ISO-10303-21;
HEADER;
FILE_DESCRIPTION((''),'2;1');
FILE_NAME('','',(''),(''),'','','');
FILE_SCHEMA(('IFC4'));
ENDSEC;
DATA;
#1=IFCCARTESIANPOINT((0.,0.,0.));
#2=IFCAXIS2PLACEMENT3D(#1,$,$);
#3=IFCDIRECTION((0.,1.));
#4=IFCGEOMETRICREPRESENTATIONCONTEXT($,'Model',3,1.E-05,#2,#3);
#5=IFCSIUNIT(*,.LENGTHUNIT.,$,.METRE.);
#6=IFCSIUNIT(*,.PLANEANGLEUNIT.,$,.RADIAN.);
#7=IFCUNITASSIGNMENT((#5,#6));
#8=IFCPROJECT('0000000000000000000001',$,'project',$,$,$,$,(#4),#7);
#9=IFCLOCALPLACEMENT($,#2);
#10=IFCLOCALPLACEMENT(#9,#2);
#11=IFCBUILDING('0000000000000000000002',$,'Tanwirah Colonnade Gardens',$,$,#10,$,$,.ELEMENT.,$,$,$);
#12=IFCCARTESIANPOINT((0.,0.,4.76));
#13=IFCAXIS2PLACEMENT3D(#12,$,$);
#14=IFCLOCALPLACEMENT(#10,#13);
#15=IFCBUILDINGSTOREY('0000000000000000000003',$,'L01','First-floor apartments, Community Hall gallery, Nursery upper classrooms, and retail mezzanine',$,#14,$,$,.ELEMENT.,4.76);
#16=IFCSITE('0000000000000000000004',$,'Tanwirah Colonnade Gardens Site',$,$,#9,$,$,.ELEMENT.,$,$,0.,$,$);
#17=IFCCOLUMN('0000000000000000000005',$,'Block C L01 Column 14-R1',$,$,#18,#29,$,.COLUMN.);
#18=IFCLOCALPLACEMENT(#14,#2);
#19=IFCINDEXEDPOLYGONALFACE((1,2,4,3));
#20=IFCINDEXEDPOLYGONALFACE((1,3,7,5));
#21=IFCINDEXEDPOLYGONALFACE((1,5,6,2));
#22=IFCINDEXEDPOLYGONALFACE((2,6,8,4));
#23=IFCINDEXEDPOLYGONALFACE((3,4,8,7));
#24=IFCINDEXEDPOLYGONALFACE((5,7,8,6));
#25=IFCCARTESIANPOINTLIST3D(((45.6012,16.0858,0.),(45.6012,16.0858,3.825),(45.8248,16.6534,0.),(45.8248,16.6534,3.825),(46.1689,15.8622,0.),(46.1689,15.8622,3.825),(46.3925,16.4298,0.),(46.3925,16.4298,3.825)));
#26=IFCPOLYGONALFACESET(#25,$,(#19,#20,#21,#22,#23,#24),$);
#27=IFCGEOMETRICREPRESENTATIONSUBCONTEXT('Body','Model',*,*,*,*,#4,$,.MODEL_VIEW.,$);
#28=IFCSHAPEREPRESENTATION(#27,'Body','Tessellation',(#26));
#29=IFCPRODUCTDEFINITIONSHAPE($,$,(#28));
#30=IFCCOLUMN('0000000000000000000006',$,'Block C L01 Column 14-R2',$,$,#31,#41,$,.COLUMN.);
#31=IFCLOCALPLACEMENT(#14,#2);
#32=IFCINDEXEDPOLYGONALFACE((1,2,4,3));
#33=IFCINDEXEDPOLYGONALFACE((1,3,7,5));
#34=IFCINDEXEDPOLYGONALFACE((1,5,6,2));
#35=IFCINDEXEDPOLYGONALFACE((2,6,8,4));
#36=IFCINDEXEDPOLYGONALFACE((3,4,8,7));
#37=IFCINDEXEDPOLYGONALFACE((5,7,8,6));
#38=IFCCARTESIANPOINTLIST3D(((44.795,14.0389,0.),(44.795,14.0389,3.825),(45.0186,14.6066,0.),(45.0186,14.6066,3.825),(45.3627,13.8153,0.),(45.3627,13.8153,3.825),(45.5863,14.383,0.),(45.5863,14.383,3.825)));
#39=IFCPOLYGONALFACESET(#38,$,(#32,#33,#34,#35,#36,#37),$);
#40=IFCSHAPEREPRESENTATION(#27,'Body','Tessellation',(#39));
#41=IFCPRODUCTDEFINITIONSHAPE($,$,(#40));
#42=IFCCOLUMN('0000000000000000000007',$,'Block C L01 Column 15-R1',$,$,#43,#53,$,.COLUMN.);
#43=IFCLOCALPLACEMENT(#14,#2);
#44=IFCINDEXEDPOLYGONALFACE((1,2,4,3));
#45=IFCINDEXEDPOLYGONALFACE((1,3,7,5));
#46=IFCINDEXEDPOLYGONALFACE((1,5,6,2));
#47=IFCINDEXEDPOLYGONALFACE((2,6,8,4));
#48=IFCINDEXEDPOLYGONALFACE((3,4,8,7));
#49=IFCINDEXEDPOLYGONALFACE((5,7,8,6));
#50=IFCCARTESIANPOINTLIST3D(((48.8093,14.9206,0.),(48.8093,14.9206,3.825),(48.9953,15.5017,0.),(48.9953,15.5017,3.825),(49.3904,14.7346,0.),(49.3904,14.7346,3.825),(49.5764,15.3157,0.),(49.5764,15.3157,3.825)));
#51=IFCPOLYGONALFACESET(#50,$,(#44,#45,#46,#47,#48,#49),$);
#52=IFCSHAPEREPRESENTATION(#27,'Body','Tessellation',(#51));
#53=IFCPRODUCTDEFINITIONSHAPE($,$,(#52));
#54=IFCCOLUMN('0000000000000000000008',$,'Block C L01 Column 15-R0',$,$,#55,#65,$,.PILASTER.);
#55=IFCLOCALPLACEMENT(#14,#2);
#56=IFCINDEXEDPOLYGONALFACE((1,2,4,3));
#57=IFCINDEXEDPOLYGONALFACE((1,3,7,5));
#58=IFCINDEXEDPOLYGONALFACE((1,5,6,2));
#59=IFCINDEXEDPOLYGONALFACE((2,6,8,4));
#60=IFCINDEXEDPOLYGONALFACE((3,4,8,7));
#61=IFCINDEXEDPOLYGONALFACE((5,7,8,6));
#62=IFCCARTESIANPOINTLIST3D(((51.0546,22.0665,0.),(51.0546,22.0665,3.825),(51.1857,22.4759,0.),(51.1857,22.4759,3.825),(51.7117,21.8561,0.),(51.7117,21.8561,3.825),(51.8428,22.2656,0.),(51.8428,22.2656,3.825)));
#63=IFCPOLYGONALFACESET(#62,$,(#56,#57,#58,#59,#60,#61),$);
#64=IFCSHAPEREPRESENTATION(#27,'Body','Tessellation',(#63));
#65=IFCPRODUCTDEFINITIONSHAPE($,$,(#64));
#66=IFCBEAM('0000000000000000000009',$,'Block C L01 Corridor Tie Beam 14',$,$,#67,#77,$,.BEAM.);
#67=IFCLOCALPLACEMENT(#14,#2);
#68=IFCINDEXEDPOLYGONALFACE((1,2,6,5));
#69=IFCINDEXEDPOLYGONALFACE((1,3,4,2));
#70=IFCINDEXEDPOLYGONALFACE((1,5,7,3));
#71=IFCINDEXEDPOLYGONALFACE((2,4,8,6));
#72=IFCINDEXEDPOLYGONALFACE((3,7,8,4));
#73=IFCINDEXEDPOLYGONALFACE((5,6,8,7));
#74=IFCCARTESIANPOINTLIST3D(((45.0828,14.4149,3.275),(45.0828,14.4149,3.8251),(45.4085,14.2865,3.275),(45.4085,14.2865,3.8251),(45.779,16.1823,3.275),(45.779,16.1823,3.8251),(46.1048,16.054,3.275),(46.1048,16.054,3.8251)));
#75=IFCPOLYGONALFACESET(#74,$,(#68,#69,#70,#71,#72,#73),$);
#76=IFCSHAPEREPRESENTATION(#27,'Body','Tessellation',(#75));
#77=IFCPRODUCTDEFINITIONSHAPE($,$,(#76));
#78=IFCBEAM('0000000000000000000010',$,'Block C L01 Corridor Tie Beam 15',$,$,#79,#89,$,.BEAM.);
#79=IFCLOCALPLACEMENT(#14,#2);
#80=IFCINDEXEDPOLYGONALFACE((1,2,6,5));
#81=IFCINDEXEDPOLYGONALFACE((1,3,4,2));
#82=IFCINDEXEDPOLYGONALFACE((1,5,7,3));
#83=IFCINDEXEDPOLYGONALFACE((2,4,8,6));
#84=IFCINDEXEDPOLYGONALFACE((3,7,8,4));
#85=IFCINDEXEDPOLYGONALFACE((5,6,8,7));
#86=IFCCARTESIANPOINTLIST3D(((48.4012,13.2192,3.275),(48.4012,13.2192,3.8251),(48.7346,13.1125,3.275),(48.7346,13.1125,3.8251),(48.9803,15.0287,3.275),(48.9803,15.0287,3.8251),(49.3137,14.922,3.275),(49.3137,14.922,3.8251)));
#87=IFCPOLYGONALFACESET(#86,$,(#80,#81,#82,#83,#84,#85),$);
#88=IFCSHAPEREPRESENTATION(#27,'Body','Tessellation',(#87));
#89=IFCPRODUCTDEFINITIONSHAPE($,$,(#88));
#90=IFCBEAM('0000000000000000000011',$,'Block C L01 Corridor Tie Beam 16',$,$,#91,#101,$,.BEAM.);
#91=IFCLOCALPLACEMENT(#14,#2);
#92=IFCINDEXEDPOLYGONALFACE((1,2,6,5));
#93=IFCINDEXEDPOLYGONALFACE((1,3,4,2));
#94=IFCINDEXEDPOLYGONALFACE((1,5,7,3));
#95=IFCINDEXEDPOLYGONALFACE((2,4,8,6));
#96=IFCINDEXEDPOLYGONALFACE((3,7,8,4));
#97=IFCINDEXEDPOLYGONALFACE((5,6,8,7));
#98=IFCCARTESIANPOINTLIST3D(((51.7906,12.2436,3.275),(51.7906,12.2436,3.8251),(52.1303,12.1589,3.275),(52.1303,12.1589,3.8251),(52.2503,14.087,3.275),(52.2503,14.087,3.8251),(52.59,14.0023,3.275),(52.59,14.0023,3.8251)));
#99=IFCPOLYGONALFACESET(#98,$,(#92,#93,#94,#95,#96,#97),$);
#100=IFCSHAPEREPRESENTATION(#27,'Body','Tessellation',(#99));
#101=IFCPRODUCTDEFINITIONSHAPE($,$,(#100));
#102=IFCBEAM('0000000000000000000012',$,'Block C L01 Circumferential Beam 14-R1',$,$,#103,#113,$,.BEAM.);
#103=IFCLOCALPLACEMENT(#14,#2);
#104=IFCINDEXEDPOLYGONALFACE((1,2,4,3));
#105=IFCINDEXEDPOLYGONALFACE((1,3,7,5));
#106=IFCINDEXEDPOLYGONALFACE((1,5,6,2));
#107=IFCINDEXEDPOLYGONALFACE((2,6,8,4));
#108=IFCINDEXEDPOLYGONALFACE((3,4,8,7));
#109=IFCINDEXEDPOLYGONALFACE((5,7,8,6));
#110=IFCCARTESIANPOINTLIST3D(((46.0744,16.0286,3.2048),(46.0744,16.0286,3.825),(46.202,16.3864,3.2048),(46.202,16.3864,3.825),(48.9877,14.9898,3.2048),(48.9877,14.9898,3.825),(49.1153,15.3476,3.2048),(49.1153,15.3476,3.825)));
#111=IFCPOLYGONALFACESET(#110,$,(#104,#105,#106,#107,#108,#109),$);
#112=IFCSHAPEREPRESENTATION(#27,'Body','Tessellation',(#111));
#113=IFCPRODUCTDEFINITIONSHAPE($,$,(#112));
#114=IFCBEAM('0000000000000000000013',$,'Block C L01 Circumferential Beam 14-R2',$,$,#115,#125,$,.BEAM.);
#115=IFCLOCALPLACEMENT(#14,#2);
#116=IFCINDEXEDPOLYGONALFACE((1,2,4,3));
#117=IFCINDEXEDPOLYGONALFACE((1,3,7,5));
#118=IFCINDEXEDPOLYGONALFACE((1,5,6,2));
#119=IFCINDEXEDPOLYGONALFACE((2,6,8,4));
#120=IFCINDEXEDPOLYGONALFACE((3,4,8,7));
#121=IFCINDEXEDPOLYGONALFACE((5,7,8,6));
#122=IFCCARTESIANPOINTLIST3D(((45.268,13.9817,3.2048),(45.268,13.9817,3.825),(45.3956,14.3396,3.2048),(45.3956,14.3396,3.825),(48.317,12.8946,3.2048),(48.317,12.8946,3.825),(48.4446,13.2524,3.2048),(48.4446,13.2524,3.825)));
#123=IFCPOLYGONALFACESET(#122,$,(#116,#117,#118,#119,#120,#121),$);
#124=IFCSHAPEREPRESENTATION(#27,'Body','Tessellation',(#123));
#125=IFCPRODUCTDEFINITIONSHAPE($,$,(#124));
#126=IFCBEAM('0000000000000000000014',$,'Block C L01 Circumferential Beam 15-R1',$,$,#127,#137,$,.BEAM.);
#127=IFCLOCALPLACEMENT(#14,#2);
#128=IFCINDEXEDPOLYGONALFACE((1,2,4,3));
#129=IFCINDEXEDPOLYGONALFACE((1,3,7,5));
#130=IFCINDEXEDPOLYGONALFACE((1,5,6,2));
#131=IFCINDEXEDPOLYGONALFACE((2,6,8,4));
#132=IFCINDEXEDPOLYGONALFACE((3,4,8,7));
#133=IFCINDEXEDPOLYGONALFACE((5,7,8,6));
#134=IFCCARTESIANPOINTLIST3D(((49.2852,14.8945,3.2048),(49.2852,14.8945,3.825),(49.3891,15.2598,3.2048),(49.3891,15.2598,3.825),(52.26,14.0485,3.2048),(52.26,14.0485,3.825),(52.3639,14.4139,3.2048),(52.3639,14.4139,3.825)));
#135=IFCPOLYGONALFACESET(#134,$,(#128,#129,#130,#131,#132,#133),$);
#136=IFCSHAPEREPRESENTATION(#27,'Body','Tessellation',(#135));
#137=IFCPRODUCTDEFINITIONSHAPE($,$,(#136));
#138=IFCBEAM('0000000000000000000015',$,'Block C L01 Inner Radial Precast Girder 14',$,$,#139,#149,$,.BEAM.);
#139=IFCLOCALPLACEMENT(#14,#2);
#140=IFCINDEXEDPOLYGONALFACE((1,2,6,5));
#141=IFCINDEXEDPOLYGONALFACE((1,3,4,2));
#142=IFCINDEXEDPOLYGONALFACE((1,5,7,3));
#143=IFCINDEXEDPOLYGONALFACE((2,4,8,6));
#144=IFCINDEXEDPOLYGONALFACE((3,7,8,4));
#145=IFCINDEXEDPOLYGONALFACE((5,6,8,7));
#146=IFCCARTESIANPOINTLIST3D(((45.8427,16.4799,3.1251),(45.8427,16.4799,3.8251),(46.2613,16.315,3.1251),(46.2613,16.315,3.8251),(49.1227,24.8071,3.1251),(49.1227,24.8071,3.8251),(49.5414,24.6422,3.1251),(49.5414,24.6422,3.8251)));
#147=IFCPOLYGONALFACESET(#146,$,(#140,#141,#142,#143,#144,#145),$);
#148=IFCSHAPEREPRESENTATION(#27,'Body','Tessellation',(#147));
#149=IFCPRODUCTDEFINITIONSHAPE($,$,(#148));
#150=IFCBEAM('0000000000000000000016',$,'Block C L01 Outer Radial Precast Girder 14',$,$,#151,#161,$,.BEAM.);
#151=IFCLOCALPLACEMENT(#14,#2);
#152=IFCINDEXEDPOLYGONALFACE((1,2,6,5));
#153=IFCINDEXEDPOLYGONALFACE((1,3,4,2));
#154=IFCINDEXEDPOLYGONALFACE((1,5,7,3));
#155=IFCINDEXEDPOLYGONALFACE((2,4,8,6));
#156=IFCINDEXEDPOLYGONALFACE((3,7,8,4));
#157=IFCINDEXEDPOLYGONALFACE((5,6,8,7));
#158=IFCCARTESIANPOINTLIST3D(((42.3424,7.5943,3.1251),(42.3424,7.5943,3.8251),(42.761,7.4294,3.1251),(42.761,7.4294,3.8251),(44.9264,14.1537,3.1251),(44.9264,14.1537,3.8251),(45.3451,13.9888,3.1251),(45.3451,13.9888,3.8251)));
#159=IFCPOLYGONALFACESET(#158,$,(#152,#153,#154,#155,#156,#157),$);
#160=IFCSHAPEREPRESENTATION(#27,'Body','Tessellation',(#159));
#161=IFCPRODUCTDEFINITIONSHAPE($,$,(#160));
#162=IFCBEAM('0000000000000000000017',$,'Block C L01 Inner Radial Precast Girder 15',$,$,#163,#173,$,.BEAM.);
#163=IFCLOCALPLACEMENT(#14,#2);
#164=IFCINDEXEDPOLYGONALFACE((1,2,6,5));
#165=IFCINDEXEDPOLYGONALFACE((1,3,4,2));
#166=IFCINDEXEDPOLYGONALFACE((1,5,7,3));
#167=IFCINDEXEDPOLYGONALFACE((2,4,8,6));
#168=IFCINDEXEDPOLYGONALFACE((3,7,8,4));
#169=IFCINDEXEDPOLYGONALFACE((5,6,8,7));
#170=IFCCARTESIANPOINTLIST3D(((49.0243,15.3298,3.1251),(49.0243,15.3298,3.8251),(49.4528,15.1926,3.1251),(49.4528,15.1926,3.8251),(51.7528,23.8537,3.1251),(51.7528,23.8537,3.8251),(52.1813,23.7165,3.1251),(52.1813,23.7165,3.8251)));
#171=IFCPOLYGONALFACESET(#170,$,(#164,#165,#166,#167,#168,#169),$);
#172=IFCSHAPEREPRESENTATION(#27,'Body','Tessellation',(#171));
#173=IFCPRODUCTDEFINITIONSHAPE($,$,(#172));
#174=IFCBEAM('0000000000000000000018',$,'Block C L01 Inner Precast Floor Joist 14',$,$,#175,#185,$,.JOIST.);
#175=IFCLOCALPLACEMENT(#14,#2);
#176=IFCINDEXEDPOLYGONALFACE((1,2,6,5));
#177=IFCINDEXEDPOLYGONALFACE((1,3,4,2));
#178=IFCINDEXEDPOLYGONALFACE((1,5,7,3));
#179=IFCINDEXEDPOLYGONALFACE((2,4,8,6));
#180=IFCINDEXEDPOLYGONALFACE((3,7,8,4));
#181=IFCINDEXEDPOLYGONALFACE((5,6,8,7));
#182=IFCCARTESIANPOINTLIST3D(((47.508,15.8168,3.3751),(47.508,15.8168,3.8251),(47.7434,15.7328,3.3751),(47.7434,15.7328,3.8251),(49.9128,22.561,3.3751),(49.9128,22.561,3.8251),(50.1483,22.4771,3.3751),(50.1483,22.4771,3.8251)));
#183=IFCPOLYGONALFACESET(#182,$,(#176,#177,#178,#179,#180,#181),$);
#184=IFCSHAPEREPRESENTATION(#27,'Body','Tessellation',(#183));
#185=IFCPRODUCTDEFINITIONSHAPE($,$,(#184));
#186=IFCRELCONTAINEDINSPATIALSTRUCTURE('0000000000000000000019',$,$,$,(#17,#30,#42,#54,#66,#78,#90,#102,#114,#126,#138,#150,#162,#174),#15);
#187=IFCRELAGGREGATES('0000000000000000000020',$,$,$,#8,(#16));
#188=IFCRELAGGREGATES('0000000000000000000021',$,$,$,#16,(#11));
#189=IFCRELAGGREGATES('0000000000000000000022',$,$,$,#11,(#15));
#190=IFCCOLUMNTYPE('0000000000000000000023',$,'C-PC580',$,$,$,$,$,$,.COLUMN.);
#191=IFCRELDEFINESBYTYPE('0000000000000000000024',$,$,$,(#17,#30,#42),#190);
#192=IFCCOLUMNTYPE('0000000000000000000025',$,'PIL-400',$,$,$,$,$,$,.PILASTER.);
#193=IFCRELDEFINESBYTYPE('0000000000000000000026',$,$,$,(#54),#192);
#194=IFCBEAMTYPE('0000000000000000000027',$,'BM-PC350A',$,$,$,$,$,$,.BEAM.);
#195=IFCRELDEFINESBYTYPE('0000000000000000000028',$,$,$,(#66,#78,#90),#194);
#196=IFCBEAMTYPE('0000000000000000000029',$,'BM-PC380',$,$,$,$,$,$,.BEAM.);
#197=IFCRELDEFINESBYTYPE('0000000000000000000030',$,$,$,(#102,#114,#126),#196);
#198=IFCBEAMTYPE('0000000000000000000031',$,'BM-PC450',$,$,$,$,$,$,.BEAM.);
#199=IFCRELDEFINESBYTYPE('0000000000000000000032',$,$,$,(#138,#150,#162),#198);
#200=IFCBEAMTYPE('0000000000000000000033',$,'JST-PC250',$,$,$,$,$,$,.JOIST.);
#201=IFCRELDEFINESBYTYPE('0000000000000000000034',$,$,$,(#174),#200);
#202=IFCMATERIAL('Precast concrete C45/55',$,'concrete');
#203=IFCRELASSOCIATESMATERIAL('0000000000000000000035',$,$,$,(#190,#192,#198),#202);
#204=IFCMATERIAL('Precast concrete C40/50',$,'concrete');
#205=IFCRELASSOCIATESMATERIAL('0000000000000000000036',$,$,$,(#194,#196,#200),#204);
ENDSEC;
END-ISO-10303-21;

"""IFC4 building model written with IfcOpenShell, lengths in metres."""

from ifc_helpers import new_model, si_unit, direction, frame, origin, origin_2d, place, context, subcontext, project, spatial, rectangle, extrude, material, material_profile, profile_set, type_object, element, save


model = new_model("IFC4")

# Units and contexts
model_context = context("Model", 3, precision=1e-05, world=origin(), true_north=direction((0.0, 1.0)))
body_context = subcontext(model_context, "Body", "Model", "MODEL_VIEW")
ifc_project = project(units=[si_unit("LENGTHUNIT", "METRE"), si_unit("PLANEANGLEUNIT", "RADIAN")], contexts=[model_context])

# Site, building, storey
site_placement = place(None, origin())
site = spatial("IfcSite", under=ifc_project, at=site_placement, Name="Tanwirah Colonnade Gardens Site", CompositionType="ELEMENT", RefElevation=0.0)
building_placement = place(site_placement, origin())
building = spatial("IfcBuilding", under=site, at=building_placement, Name="Tanwirah Colonnade Gardens", CompositionType="ELEMENT")
storey_placement = place(building_placement, frame((0.0, 0.0, 4.76)))
storey = spatial("IfcBuildingStorey", under=building, at=storey_placement, Name="L01", Description="First-floor apartments, Community Hall gallery, Nursery upper classrooms, and retail mezzanine", CompositionType="ELEMENT", Elevation=4.76)

# Columns
ifc_material_1 = material(Name="Precast concrete C45/55", Category="concrete")
ifc_material_profile_1 = material_profile(ifc_material_1, rectangle(XDim=0.6101, YDim=0.6101, at=origin_2d()), Name="PC-COL 610x610")
ifc_profile_set_1 = profile_set([ifc_material_profile_1], Name="Precast concrete C45/55")
column_type_1 = type_object("IfcColumnType", Name="C-PC580", PredefinedType="COLUMN", material=ifc_profile_set_1)
for number, where, z_axis, x_axis, name in (
    (1, (45.9968, 16.2578, 0.0), (0.0, 0.0, 1.0), (-0.366501, -0.930418, 0.0), "Block C L01 Column 14-R1"),
    (2, (45.1907, 14.2109, 0.0), (0.0, 0.0, 1.0), (-0.366501, -0.930418, 0.0), "Block C L01 Column 14-R2"),
    (3, (49.1929, 15.1182, 0.0), (0.0, 0.0, 1.0), (-0.304864, -0.952396, 0.0), "Block C L01 Column 15-R1"),
):
    element("IfcColumn", number, at=place(storey_placement, frame(where, z_axis=z_axis, x_axis=x_axis)), inside=storey, type_object=column_type_1, Name=name, PredefinedType="COLUMN", context=body_context, shape_type="SweptSolid", body=[
        extrude(rectangle(XDim=0.6101, YDim=0.6101, at=origin_2d()), origin(), (0.0, 0.0, 1.0), 3.825),
    ])
ifc_material_profile_2 = material_profile(ifc_material_1, rectangle(XDim=0.4299, YDim=0.6899, at=origin_2d()), Name="PC-PIL 430x690")
ifc_profile_set_2 = profile_set([ifc_material_profile_2], Name="Precast concrete C45/55")
column_type_2 = type_object("IfcColumnType", Name="PIL-400", PredefinedType="PILASTER", material=ifc_profile_set_2)
column_placement = place(storey_placement, frame((51.4487, 22.166, 0.0), z_axis=(0.0, 0.0, 1.0), x_axis=(-0.304864, -0.952396, 0.0)))
element("IfcColumn", 4, at=column_placement, inside=storey, type_object=column_type_2, Name="Block C L01 Column 15-R0", PredefinedType="PILASTER", context=body_context, shape_type="SweptSolid", body=[
    extrude(rectangle(XDim=0.4299, YDim=0.6899, at=origin_2d()), origin(), (0.0, 0.0, 1.0), 3.825),
])

# Beams
ifc_material_2 = material(Name="Precast concrete C40/50", Category="concrete")
ifc_material_profile_3 = material_profile(ifc_material_2, rectangle(XDim=0.3501, YDim=0.55, at=origin_2d()), Name="PC-BM 350x550")
ifc_profile_set_3 = profile_set([ifc_material_profile_3], Name="Precast concrete C40/50")
beam_type_1 = type_object("IfcBeamType", Name="BM-PC350A", PredefinedType="BEAM", material=ifc_profile_set_3)
beam_1_placement = place(storey_placement, frame((45.9419, 16.1182, 3.55), z_axis=(-0.366511, -0.930414, 0.0), x_axis=(0.930414, -0.366511, 0.0)))
element("IfcBeam", 5, at=beam_1_placement, inside=storey, type_object=beam_type_1, Name="Block C L01 Corridor Tie Beam 14", PredefinedType="BEAM", context=body_context, shape_type="SweptSolid", body=[
    extrude(rectangle(XDim=0.3501, YDim=0.55, at=origin_2d()), origin(), (0.0, 0.0, 1.0), 1.8997),
])
for number, where, z_axis, x_axis, name in (
    (6, (49.147, 14.9753, 3.55), (-0.304794, -0.952418, 0.0), (0.952418, -0.304794, 0.0), "Block C L01 Corridor Tie Beam 15"),
    (7, (52.4202, 14.0447, 3.55), (-0.241961, -0.970286, 0.0), (0.970286, -0.241961, 0.0), "Block C L01 Corridor Tie Beam 16"),
):
    element("IfcBeam", number, at=place(storey_placement, frame(where, z_axis=z_axis, x_axis=x_axis)), inside=storey, type_object=beam_type_1, Name=name, PredefinedType="BEAM", context=body_context, shape_type="SweptSolid", body=[
        extrude(rectangle(XDim=0.3501, YDim=0.55, at=origin_2d()), origin(), (0.0, 0.0, 1.0), 1.8999),
    ])
ifc_material_profile_4 = material_profile(ifc_material_2, rectangle(XDim=0.3799, YDim=0.6201, at=origin_2d()), Name="PC-BM 380x620")
ifc_profile_set_4 = profile_set([ifc_material_profile_4], Name="Precast concrete C40/50")
beam_type_2 = type_object("IfcBeamType", Name="BM-PC380", PredefinedType="BEAM", material=ifc_profile_set_4)
beam_2_placement = place(storey_placement, frame((46.1382, 16.2075, 3.5149), z_axis=(0.941911, -0.335861, 0.0), x_axis=(0.335861, 0.941911, 0.0)))
element("IfcBeam", 8, at=beam_2_placement, inside=storey, type_object=beam_type_2, Name="Block C L01 Circumferential Beam 14-R1", PredefinedType="BEAM", context=body_context, shape_type="SweptSolid", body=[
    extrude(rectangle(XDim=0.3799, YDim=0.6201, at=origin_2d()), origin(), (0.0, 0.0, 1.0), 3.093),
])
beam_3_placement = place(storey_placement, frame((45.3318, 14.1606, 3.5149), z_axis=(0.941918, -0.335844, 0.0), x_axis=(0.335844, 0.941918, 0.0)))
element("IfcBeam", 9, at=beam_3_placement, inside=storey, type_object=beam_type_2, Name="Block C L01 Circumferential Beam 14-R2", PredefinedType="BEAM", context=body_context, shape_type="SweptSolid", body=[
    extrude(rectangle(XDim=0.3799, YDim=0.6201, at=origin_2d()), origin(), (0.0, 0.0, 1.0), 3.2371),
])
beam_4_placement = place(storey_placement, frame((49.3372, 15.0771, 3.5149), z_axis=(0.961866, -0.273522, 0.0), x_axis=(0.273522, 0.961866, 0.0)))
element("IfcBeam", 10, at=beam_4_placement, inside=storey, type_object=beam_type_2, Name="Block C L01 Circumferential Beam 15-R1", PredefinedType="BEAM", context=body_context, shape_type="SweptSolid", body=[
    extrude(rectangle(XDim=0.3799, YDim=0.6201, at=origin_2d()), origin(), (0.0, 0.0, 1.0), 3.0928),
])
ifc_material_profile_5 = material_profile(ifc_material_1, rectangle(XDim=0.45, YDim=0.7, at=origin_2d()), Name="PC-BM 450x700")
ifc_profile_set_5 = profile_set([ifc_material_profile_5], Name="Precast concrete C45/55")
beam_type_3 = type_object("IfcBeamType", Name="BM-PC450", PredefinedType="BEAM", material=ifc_profile_set_5)
beam_5_placement = place(storey_placement, frame((46.052, 16.3975, 3.4751), z_axis=(0.366489, 0.930422, 0.0), x_axis=(-0.930422, 0.366489, 0.0)))
element("IfcBeam", 11, at=beam_5_placement, inside=storey, type_object=beam_type_3, Name="Block C L01 Inner Radial Precast Girder 14", PredefinedType="BEAM", context=body_context, shape_type="SweptSolid", body=[
    extrude(rectangle(XDim=0.45, YDim=0.7, at=origin_2d()), origin(), (0.0, 0.0, 1.0), 8.95),
])
beam_6_placement = place(storey_placement, frame((45.1357, 14.0713, 3.4751), z_axis=(-0.366525, -0.930408, 0.0), x_axis=(0.930408, -0.366525, 0.0)))
element("IfcBeam", 12, at=beam_6_placement, inside=storey, type_object=beam_type_3, Name="Block C L01 Outer Radial Precast Girder 14", PredefinedType="BEAM", context=body_context, shape_type="SweptSolid", body=[
    extrude(rectangle(XDim=0.45, YDim=0.7, at=origin_2d()), origin(), (0.0, 0.0, 1.0), 7.05),
])
beam_7_placement = place(storey_placement, frame((49.2385, 15.2612, 3.4751), z_axis=(0.304863, 0.952396, 0.0), x_axis=(-0.952396, 0.304863, 0.0)))
element("IfcBeam", 13, at=beam_7_placement, inside=storey, type_object=beam_type_3, Name="Block C L01 Inner Radial Precast Girder 15", PredefinedType="BEAM", context=body_context, shape_type="SweptSolid", body=[
    extrude(rectangle(XDim=0.45, YDim=0.7, at=origin_2d()), origin(), (0.0, 0.0, 1.0), 8.95),
])
ifc_material_profile_6 = material_profile(ifc_material_2, rectangle(XDim=0.25, YDim=0.45, at=origin_2d()), Name="PC-JST 250x450")
ifc_profile_set_6 = profile_set([ifc_material_profile_6], Name="Precast concrete C40/50")
beam_type_4 = type_object("IfcBeamType", Name="JST-PC250", PredefinedType="JOIST", material=ifc_profile_set_6)
beam_8_placement = place(storey_placement, frame((50.0305, 22.519, 3.6001), z_axis=(-0.335861, -0.941912, 0.0), x_axis=(0.941912, -0.335861, 0.0)))
element("IfcBeam", 14, at=beam_8_placement, inside=storey, type_object=beam_type_4, Name="Block C L01 Inner Precast Floor Joist 14", PredefinedType="JOIST", context=body_context, shape_type="SweptSolid", body=[
    extrude(rectangle(XDim=0.25, YDim=0.45, at=origin_2d()), origin(), (0.0, 0.0, 1.0), 7.1602),
])

save(model, "model.ifc")
